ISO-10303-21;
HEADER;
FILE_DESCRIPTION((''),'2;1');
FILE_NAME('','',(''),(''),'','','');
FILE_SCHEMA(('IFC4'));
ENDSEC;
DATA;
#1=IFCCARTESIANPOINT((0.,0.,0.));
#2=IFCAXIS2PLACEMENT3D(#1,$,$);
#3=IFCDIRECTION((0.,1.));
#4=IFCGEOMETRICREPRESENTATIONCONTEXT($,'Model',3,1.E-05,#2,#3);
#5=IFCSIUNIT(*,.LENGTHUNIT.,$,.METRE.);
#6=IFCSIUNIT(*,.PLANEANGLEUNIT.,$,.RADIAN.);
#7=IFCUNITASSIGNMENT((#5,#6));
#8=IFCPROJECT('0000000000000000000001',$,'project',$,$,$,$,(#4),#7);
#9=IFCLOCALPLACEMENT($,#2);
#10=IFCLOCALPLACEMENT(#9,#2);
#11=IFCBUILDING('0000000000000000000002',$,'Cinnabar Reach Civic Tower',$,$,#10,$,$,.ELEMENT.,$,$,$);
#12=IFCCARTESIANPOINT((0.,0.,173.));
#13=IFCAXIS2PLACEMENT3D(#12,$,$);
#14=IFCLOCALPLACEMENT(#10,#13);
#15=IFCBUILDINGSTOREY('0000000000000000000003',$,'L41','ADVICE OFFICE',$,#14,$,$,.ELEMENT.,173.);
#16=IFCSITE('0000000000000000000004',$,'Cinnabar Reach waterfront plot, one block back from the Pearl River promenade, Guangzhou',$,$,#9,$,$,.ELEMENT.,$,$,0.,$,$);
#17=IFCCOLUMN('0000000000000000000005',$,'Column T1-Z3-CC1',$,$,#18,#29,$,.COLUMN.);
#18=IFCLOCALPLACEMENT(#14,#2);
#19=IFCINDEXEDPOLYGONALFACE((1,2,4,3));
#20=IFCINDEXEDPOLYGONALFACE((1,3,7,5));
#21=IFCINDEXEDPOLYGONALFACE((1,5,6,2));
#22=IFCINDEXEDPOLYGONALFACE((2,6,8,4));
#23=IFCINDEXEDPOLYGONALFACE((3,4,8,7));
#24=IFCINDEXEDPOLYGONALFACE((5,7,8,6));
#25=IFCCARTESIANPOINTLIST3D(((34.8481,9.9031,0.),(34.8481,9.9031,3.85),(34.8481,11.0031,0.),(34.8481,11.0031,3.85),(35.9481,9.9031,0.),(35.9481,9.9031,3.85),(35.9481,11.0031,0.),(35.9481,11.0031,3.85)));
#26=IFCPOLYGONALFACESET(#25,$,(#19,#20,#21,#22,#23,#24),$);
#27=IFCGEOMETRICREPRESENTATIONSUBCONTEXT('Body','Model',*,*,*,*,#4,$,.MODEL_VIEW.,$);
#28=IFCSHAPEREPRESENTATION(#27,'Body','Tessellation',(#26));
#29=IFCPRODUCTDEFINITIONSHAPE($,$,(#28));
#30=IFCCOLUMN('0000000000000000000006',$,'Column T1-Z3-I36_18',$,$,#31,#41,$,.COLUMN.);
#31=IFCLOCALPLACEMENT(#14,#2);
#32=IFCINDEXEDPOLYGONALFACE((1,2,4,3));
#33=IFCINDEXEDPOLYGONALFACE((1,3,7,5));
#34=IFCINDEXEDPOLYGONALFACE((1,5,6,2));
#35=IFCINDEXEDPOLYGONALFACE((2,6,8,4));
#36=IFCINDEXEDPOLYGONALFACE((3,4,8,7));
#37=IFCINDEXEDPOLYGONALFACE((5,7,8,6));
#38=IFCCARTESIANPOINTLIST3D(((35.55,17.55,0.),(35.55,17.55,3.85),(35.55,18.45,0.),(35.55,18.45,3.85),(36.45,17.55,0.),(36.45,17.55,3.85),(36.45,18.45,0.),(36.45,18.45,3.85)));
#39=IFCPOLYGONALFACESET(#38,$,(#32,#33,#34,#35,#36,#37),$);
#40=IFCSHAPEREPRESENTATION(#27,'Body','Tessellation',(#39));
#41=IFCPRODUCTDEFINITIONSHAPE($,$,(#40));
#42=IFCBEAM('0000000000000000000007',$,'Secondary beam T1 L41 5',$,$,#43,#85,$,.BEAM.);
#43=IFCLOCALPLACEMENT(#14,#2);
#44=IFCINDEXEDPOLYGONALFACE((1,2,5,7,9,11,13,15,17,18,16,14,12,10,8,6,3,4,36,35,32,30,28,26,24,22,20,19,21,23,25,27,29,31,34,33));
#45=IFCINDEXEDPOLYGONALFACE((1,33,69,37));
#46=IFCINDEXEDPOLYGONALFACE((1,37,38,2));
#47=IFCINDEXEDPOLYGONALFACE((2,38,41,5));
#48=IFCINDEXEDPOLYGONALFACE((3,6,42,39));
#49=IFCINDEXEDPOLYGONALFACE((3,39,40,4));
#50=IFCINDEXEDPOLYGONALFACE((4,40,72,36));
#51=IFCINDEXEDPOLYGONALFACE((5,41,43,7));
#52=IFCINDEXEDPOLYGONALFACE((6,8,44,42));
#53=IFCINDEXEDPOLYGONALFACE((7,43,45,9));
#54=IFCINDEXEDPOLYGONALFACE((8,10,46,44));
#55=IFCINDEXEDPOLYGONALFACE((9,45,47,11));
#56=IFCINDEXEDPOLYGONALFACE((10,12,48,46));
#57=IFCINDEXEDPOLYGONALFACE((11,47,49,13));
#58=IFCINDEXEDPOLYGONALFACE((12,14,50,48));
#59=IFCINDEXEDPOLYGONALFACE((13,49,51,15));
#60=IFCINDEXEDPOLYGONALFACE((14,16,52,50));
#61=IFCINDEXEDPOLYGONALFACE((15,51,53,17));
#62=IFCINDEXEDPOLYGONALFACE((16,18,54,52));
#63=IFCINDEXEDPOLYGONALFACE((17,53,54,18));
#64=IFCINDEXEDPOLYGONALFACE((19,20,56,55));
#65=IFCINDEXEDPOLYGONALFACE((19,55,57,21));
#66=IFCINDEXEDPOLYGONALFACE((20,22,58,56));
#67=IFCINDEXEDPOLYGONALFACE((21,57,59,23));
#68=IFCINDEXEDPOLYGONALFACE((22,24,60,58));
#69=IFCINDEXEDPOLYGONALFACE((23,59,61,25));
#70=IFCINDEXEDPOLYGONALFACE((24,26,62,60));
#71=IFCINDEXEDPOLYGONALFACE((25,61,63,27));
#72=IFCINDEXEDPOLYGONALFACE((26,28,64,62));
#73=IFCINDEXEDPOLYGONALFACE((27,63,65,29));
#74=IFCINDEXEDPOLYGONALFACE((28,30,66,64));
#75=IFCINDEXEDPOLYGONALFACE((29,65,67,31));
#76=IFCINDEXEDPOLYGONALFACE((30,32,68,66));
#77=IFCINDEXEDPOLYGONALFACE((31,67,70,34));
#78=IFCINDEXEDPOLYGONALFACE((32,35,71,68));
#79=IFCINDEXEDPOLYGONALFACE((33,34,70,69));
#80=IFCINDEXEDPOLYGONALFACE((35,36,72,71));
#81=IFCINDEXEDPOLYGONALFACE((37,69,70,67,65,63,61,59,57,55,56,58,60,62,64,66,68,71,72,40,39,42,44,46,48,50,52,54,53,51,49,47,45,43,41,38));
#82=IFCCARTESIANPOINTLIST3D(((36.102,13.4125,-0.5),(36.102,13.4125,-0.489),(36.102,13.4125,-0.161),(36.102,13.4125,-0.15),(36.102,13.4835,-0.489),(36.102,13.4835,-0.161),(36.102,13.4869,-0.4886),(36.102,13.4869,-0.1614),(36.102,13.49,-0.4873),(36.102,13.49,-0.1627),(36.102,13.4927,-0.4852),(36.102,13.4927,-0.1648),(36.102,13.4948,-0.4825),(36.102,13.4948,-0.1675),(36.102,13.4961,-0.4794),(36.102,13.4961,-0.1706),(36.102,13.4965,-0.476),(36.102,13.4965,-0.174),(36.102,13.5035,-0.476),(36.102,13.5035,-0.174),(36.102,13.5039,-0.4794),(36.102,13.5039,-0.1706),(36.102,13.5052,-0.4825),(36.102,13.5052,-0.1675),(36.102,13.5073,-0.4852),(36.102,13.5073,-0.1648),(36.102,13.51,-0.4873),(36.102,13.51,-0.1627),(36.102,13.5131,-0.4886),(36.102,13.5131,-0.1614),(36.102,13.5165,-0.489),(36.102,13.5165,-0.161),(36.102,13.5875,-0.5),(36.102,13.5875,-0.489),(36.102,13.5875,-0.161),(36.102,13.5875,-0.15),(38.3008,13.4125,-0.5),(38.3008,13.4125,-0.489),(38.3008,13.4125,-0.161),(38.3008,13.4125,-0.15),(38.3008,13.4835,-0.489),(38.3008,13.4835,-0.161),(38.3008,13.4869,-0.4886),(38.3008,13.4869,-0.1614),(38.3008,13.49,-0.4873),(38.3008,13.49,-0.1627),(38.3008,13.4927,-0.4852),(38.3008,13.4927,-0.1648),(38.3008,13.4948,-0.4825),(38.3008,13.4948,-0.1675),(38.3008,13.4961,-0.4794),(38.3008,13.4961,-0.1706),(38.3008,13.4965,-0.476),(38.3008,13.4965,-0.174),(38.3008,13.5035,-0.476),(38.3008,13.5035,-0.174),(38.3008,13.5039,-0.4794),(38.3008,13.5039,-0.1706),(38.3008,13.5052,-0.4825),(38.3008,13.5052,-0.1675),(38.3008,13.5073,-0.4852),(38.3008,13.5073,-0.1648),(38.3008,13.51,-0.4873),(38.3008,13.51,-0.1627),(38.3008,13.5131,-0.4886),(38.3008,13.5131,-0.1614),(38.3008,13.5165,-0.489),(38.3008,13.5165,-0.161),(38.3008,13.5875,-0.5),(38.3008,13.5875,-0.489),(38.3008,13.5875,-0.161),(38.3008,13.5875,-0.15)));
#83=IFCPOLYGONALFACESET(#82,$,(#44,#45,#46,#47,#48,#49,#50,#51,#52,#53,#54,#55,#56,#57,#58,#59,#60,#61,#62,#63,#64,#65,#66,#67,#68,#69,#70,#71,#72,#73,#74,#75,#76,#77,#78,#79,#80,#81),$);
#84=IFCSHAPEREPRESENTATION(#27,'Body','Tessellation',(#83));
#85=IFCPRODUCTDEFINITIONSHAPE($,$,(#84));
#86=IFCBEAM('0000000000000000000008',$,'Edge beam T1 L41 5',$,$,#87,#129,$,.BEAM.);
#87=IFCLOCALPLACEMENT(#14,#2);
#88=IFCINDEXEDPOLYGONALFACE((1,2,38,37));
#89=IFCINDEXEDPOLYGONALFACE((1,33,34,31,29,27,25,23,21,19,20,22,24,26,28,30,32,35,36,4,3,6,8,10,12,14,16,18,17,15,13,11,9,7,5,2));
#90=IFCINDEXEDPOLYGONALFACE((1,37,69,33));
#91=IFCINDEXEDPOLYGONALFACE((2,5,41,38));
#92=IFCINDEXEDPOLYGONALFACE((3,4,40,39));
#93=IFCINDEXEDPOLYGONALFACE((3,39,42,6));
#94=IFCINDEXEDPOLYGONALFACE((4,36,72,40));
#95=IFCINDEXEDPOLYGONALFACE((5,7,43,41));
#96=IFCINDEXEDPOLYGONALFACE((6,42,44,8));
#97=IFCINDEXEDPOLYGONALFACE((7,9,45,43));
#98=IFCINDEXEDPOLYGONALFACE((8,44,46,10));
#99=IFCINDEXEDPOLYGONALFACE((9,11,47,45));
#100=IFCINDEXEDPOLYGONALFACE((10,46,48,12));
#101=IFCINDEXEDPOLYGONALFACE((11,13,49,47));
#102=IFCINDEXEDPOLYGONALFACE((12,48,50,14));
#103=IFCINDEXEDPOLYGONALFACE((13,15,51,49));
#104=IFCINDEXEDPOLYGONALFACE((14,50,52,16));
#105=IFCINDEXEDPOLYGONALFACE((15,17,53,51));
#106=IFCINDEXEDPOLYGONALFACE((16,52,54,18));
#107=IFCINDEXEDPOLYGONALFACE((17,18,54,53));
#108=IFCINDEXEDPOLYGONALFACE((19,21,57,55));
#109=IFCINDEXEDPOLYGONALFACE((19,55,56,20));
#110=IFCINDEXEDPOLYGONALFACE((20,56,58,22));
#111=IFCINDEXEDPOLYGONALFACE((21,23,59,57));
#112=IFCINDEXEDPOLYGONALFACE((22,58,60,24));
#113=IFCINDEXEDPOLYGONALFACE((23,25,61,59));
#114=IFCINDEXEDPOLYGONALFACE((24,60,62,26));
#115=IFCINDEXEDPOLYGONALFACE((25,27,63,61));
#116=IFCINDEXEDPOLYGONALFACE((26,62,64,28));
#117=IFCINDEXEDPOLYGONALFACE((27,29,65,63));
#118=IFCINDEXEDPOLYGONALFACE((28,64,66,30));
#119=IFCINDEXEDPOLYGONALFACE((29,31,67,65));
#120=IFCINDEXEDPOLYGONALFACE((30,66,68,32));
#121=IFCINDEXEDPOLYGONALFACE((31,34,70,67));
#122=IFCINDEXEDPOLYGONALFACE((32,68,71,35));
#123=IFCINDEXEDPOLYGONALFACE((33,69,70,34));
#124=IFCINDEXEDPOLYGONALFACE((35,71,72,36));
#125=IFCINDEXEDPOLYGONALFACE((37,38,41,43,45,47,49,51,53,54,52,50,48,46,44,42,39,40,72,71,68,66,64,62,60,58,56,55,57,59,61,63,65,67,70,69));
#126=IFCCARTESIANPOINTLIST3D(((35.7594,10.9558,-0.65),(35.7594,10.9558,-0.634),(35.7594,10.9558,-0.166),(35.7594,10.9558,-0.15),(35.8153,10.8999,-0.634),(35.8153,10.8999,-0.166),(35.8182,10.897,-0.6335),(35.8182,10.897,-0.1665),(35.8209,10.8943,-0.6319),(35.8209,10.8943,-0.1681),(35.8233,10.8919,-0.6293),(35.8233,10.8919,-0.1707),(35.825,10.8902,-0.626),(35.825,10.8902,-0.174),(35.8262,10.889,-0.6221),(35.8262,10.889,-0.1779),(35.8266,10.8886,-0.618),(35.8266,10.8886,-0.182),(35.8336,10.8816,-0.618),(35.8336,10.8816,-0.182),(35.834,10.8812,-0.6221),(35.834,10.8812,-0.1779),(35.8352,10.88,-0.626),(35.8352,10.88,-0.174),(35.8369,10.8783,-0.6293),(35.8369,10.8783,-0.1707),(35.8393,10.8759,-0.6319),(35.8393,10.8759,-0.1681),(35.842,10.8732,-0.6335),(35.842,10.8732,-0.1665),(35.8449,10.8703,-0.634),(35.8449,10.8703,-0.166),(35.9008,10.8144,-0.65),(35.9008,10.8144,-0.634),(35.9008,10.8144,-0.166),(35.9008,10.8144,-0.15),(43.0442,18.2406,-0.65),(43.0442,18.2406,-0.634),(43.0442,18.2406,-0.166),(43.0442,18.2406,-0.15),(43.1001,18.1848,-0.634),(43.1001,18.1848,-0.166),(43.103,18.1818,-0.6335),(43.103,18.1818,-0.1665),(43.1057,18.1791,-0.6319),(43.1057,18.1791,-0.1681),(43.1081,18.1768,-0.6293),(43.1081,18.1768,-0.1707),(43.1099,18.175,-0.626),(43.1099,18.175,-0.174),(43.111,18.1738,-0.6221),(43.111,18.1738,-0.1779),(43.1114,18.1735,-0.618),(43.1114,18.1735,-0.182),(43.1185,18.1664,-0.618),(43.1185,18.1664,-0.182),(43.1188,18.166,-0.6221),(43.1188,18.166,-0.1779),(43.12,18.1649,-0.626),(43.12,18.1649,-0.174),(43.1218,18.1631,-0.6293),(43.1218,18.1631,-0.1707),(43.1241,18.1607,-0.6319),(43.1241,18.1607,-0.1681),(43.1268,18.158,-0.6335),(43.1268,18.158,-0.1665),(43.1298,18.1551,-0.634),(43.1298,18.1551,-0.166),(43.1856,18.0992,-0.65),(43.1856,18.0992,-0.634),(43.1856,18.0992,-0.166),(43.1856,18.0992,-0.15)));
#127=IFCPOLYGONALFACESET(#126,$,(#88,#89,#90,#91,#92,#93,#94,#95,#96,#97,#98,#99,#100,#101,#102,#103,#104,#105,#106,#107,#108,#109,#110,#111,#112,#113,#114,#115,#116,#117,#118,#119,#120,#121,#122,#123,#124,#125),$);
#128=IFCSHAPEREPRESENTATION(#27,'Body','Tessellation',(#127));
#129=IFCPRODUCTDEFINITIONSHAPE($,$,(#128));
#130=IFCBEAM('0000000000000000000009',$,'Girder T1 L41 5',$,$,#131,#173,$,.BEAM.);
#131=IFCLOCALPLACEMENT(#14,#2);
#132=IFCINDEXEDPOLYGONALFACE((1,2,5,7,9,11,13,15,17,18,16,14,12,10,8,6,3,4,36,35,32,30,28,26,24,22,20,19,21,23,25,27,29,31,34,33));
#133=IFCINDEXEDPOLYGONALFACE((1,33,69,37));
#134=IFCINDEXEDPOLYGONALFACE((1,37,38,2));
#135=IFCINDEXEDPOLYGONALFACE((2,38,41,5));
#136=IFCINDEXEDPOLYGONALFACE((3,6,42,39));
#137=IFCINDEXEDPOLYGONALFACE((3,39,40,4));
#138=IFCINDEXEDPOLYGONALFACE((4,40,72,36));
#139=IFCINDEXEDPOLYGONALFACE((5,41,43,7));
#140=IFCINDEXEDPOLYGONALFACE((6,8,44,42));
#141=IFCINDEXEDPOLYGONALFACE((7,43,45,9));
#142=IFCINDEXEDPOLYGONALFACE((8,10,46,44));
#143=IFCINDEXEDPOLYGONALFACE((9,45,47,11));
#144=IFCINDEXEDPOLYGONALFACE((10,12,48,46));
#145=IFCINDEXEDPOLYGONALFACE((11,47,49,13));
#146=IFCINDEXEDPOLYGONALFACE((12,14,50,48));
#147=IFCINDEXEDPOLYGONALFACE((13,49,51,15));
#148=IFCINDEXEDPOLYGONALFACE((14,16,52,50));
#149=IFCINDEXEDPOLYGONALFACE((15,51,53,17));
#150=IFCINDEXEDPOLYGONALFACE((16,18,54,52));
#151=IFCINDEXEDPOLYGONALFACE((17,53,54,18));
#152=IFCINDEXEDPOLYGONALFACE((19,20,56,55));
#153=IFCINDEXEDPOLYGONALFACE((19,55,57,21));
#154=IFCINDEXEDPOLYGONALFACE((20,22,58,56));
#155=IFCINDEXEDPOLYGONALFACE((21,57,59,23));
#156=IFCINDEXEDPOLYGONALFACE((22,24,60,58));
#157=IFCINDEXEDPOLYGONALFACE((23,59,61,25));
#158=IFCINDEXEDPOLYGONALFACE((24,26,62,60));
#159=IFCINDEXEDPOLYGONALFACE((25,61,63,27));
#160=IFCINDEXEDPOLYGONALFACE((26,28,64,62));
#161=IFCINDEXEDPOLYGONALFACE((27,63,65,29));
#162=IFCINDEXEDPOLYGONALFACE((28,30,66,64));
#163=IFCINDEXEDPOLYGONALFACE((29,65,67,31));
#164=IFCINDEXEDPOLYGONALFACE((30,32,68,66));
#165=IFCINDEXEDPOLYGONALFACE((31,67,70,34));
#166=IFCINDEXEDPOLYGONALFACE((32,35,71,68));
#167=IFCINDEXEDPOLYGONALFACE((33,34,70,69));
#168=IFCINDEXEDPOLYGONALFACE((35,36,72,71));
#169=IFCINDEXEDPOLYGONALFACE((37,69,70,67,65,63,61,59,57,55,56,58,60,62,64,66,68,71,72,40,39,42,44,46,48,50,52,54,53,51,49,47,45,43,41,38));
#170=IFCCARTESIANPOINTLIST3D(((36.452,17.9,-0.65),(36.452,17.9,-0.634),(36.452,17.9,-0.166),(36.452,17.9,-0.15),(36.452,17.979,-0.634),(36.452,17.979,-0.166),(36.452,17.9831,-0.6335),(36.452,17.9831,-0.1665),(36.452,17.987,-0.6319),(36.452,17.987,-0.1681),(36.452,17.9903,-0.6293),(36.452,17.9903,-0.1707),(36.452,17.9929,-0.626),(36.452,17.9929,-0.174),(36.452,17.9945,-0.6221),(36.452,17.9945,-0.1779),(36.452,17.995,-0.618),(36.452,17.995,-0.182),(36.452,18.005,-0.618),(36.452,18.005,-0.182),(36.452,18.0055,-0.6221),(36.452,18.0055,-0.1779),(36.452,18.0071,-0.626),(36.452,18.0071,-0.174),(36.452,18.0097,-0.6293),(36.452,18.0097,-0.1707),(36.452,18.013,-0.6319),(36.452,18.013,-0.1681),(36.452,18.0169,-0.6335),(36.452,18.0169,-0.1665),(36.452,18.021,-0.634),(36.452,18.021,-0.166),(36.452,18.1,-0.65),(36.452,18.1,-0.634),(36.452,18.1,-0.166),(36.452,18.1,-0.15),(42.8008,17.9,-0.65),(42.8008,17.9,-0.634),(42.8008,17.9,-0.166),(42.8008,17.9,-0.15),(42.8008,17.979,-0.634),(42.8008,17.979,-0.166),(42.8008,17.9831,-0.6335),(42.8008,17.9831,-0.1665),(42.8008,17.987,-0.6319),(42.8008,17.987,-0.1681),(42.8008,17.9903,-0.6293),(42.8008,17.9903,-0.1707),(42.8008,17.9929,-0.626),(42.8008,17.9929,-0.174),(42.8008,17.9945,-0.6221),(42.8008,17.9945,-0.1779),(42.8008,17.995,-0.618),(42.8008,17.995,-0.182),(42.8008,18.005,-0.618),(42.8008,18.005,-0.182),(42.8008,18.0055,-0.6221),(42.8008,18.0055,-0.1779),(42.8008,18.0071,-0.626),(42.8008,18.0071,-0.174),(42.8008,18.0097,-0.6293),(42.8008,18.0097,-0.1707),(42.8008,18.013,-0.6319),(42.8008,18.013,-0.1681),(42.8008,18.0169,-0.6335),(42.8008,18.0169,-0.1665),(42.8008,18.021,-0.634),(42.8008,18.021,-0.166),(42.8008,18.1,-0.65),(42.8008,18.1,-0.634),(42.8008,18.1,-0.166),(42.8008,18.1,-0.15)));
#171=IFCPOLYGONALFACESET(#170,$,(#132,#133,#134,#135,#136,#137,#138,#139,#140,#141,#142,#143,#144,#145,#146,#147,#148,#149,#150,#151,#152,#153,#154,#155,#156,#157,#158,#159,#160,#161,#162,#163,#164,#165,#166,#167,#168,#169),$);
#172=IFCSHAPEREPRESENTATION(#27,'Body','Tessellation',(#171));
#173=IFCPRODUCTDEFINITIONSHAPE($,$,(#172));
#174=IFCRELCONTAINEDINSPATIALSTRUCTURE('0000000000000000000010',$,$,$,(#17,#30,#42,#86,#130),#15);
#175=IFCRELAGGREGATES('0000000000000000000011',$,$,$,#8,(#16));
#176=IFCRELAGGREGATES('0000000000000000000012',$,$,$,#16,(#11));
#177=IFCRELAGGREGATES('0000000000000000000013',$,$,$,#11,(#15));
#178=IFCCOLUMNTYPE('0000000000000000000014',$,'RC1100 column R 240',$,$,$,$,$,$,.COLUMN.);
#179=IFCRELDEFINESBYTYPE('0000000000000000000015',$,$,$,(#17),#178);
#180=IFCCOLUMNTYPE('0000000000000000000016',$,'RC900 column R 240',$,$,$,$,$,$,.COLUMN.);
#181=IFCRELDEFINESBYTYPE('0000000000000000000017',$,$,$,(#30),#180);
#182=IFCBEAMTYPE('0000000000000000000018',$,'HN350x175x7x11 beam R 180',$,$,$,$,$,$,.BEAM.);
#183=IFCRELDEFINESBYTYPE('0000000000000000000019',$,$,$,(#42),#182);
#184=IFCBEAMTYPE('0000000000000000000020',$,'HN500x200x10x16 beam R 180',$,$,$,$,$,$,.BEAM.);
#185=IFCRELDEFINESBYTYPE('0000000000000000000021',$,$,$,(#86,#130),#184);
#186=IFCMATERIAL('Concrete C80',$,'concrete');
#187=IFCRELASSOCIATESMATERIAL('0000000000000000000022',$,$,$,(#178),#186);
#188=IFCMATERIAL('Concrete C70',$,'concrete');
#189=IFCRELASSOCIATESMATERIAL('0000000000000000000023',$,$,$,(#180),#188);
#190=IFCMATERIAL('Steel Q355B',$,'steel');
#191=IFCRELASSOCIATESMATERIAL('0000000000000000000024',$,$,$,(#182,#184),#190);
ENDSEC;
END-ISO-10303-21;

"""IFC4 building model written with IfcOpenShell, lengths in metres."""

from ifc_helpers import new_model, si_unit, direction, frame, origin, origin_2d, place, context, subcontext, project, spatial, rectangle, i_section, extrude, material, material_profile, profile_set, type_object, element, save


model = new_model("IFC4")

# Units and contexts
model_context = context("Model", 3, precision=1e-05, world=origin(), true_north=direction((0.0, 1.0)))
body_context = subcontext(model_context, "Body", "Model", "MODEL_VIEW")
ifc_project = project(units=[si_unit("LENGTHUNIT", "METRE"), si_unit("PLANEANGLEUNIT", "RADIAN")], contexts=[model_context])

# Site, building, storey
site_placement = place(None, origin())
site = spatial("IfcSite", under=ifc_project, at=site_placement, Name="Cinnabar Reach waterfront plot, one block back from the Pearl River promenade, Guangzhou", CompositionType="ELEMENT", RefElevation=0.0)
building_placement = place(site_placement, origin())
building = spatial("IfcBuilding", under=site, at=building_placement, Name="Cinnabar Reach Civic Tower", CompositionType="ELEMENT")
storey_placement = place(building_placement, frame((0.0, 0.0, 173.0)))
storey = spatial("IfcBuildingStorey", under=building, at=storey_placement, Name="L41", Description="ADVICE OFFICE", CompositionType="ELEMENT", Elevation=173.0)

# Columns
ifc_material_1 = material(Name="Concrete C80", Category="concrete")
ifc_material_profile_1 = material_profile(ifc_material_1, rectangle(XDim=1.1, YDim=1.1, at=origin_2d()), Name="RC1100")
ifc_profile_set_1 = profile_set([ifc_material_profile_1], Name="Concrete C80")
column_type_1 = type_object("IfcColumnType", Name="RC1100 column R 240", PredefinedType="COLUMN", material=ifc_profile_set_1)
column_1_placement = place(storey_placement, frame((35.3981, 10.4531, 0.0), z_axis=(0.0, 0.0, 1.0), x_axis=(1.0, 0.0, 0.0)))
element("IfcColumn", 1, at=column_1_placement, inside=storey, type_object=column_type_1, Name="Column T1-Z3-CC1", PredefinedType="COLUMN", context=body_context, shape_type="SweptSolid", body=[
    extrude(rectangle(XDim=1.1, YDim=1.1, at=origin_2d()), origin(), (0.0, 0.0, 1.0), 3.85),
])
ifc_material_2 = material(Name="Concrete C70", Category="concrete")
ifc_material_profile_2 = material_profile(ifc_material_2, rectangle(XDim=0.9, YDim=0.9, at=origin_2d()), Name="RC900")
ifc_profile_set_2 = profile_set([ifc_material_profile_2], Name="Concrete C70")
column_type_2 = type_object("IfcColumnType", Name="RC900 column R 240", PredefinedType="COLUMN", material=ifc_profile_set_2)
column_2_placement = place(storey_placement, frame((36.0, 18.0, 0.0), z_axis=(0.0, 0.0, 1.0), x_axis=(1.0, 0.0, 0.0)))
element("IfcColumn", 2, at=column_2_placement, inside=storey, type_object=column_type_2, Name="Column T1-Z3-I36_18", PredefinedType="COLUMN", context=body_context, shape_type="SweptSolid", body=[
    extrude(rectangle(XDim=0.9, YDim=0.9, at=origin_2d()), origin(), (0.0, 0.0, 1.0), 3.85),
])

# Beams
ifc_material_3 = material(Name="Steel Q355B", Category="steel")
ifc_material_profile_3 = material_profile(ifc_material_3, i_section(OverallWidth=0.175, OverallDepth=0.35, WebThickness=0.007, FlangeThickness=0.011, FilletRadius=0.013, at=origin_2d()), Name="HN350x175x7x11")
ifc_profile_set_3 = profile_set([ifc_material_profile_3], Name="Steel Q355B")
beam_type_1 = type_object("IfcBeamType", Name="HN350x175x7x11 beam R 180", PredefinedType="BEAM", material=ifc_profile_set_3)
beam_1_placement = place(storey_placement, frame((36.102, 13.5, -0.325), z_axis=(1.0, 0.0, 0.0), x_axis=(0.0, 1.0, 0.0)))
element("IfcBeam", 3, at=beam_1_placement, inside=storey, type_object=beam_type_1, Name="Secondary beam T1 L41 5", PredefinedType="BEAM", context=body_context, shape_type="SweptSolid", body=[
    extrude(i_section(OverallWidth=0.175, OverallDepth=0.35, WebThickness=0.007, FlangeThickness=0.011, FilletRadius=0.013, at=origin_2d()), origin(), (0.0, 0.0, 1.0), 2.1988),
])
ifc_material_profile_4 = material_profile(ifc_material_3, i_section(OverallWidth=0.2, OverallDepth=0.5, WebThickness=0.01, FlangeThickness=0.016, FilletRadius=0.016, at=origin_2d()), Name="HN500x200x10x16")
ifc_profile_set_4 = profile_set([ifc_material_profile_4], Name="Steel Q355B")
beam_type_2 = type_object("IfcBeamType", Name="HN500x200x10x16 beam R 180", PredefinedType="BEAM", material=ifc_profile_set_4)
beam_2_placement = place(storey_placement, frame((35.8301, 10.8851, -0.4), z_axis=(0.707107, 0.707107, 0.0), x_axis=(-0.707107, 0.707107, 0.0)))
element("IfcBeam", 4, at=beam_2_placement, inside=storey, type_object=beam_type_2, Name="Edge beam T1 L41 5", PredefinedType="BEAM", context=body_context, shape_type="SweptSolid", body=[
    extrude(i_section(OverallWidth=0.2, OverallDepth=0.5, WebThickness=0.01, FlangeThickness=0.016, FilletRadius=0.016, at=origin_2d()), origin(), (0.0, 0.0, 1.0), 10.3023),
])
for number, where, z_axis, x_axis, name in (
    (5, (36.452, 18.0, -0.4), (1.0, 0.0, 0.0), (0.0, 1.0, 0.0), "Girder T1 L41 5"),
):
    element("IfcBeam", number, at=place(storey_placement, frame(where, z_axis=z_axis, x_axis=x_axis)), inside=storey, type_object=beam_type_2, Name=name, PredefinedType="BEAM", context=body_context, shape_type="SweptSolid", body=[
        extrude(i_section(OverallWidth=0.2, OverallDepth=0.5, WebThickness=0.01, FlangeThickness=0.016, FilletRadius=0.016, at=origin_2d()), origin(), (0.0, 0.0, 1.0), 6.3488),
    ])

save(model, "model.ifc")
